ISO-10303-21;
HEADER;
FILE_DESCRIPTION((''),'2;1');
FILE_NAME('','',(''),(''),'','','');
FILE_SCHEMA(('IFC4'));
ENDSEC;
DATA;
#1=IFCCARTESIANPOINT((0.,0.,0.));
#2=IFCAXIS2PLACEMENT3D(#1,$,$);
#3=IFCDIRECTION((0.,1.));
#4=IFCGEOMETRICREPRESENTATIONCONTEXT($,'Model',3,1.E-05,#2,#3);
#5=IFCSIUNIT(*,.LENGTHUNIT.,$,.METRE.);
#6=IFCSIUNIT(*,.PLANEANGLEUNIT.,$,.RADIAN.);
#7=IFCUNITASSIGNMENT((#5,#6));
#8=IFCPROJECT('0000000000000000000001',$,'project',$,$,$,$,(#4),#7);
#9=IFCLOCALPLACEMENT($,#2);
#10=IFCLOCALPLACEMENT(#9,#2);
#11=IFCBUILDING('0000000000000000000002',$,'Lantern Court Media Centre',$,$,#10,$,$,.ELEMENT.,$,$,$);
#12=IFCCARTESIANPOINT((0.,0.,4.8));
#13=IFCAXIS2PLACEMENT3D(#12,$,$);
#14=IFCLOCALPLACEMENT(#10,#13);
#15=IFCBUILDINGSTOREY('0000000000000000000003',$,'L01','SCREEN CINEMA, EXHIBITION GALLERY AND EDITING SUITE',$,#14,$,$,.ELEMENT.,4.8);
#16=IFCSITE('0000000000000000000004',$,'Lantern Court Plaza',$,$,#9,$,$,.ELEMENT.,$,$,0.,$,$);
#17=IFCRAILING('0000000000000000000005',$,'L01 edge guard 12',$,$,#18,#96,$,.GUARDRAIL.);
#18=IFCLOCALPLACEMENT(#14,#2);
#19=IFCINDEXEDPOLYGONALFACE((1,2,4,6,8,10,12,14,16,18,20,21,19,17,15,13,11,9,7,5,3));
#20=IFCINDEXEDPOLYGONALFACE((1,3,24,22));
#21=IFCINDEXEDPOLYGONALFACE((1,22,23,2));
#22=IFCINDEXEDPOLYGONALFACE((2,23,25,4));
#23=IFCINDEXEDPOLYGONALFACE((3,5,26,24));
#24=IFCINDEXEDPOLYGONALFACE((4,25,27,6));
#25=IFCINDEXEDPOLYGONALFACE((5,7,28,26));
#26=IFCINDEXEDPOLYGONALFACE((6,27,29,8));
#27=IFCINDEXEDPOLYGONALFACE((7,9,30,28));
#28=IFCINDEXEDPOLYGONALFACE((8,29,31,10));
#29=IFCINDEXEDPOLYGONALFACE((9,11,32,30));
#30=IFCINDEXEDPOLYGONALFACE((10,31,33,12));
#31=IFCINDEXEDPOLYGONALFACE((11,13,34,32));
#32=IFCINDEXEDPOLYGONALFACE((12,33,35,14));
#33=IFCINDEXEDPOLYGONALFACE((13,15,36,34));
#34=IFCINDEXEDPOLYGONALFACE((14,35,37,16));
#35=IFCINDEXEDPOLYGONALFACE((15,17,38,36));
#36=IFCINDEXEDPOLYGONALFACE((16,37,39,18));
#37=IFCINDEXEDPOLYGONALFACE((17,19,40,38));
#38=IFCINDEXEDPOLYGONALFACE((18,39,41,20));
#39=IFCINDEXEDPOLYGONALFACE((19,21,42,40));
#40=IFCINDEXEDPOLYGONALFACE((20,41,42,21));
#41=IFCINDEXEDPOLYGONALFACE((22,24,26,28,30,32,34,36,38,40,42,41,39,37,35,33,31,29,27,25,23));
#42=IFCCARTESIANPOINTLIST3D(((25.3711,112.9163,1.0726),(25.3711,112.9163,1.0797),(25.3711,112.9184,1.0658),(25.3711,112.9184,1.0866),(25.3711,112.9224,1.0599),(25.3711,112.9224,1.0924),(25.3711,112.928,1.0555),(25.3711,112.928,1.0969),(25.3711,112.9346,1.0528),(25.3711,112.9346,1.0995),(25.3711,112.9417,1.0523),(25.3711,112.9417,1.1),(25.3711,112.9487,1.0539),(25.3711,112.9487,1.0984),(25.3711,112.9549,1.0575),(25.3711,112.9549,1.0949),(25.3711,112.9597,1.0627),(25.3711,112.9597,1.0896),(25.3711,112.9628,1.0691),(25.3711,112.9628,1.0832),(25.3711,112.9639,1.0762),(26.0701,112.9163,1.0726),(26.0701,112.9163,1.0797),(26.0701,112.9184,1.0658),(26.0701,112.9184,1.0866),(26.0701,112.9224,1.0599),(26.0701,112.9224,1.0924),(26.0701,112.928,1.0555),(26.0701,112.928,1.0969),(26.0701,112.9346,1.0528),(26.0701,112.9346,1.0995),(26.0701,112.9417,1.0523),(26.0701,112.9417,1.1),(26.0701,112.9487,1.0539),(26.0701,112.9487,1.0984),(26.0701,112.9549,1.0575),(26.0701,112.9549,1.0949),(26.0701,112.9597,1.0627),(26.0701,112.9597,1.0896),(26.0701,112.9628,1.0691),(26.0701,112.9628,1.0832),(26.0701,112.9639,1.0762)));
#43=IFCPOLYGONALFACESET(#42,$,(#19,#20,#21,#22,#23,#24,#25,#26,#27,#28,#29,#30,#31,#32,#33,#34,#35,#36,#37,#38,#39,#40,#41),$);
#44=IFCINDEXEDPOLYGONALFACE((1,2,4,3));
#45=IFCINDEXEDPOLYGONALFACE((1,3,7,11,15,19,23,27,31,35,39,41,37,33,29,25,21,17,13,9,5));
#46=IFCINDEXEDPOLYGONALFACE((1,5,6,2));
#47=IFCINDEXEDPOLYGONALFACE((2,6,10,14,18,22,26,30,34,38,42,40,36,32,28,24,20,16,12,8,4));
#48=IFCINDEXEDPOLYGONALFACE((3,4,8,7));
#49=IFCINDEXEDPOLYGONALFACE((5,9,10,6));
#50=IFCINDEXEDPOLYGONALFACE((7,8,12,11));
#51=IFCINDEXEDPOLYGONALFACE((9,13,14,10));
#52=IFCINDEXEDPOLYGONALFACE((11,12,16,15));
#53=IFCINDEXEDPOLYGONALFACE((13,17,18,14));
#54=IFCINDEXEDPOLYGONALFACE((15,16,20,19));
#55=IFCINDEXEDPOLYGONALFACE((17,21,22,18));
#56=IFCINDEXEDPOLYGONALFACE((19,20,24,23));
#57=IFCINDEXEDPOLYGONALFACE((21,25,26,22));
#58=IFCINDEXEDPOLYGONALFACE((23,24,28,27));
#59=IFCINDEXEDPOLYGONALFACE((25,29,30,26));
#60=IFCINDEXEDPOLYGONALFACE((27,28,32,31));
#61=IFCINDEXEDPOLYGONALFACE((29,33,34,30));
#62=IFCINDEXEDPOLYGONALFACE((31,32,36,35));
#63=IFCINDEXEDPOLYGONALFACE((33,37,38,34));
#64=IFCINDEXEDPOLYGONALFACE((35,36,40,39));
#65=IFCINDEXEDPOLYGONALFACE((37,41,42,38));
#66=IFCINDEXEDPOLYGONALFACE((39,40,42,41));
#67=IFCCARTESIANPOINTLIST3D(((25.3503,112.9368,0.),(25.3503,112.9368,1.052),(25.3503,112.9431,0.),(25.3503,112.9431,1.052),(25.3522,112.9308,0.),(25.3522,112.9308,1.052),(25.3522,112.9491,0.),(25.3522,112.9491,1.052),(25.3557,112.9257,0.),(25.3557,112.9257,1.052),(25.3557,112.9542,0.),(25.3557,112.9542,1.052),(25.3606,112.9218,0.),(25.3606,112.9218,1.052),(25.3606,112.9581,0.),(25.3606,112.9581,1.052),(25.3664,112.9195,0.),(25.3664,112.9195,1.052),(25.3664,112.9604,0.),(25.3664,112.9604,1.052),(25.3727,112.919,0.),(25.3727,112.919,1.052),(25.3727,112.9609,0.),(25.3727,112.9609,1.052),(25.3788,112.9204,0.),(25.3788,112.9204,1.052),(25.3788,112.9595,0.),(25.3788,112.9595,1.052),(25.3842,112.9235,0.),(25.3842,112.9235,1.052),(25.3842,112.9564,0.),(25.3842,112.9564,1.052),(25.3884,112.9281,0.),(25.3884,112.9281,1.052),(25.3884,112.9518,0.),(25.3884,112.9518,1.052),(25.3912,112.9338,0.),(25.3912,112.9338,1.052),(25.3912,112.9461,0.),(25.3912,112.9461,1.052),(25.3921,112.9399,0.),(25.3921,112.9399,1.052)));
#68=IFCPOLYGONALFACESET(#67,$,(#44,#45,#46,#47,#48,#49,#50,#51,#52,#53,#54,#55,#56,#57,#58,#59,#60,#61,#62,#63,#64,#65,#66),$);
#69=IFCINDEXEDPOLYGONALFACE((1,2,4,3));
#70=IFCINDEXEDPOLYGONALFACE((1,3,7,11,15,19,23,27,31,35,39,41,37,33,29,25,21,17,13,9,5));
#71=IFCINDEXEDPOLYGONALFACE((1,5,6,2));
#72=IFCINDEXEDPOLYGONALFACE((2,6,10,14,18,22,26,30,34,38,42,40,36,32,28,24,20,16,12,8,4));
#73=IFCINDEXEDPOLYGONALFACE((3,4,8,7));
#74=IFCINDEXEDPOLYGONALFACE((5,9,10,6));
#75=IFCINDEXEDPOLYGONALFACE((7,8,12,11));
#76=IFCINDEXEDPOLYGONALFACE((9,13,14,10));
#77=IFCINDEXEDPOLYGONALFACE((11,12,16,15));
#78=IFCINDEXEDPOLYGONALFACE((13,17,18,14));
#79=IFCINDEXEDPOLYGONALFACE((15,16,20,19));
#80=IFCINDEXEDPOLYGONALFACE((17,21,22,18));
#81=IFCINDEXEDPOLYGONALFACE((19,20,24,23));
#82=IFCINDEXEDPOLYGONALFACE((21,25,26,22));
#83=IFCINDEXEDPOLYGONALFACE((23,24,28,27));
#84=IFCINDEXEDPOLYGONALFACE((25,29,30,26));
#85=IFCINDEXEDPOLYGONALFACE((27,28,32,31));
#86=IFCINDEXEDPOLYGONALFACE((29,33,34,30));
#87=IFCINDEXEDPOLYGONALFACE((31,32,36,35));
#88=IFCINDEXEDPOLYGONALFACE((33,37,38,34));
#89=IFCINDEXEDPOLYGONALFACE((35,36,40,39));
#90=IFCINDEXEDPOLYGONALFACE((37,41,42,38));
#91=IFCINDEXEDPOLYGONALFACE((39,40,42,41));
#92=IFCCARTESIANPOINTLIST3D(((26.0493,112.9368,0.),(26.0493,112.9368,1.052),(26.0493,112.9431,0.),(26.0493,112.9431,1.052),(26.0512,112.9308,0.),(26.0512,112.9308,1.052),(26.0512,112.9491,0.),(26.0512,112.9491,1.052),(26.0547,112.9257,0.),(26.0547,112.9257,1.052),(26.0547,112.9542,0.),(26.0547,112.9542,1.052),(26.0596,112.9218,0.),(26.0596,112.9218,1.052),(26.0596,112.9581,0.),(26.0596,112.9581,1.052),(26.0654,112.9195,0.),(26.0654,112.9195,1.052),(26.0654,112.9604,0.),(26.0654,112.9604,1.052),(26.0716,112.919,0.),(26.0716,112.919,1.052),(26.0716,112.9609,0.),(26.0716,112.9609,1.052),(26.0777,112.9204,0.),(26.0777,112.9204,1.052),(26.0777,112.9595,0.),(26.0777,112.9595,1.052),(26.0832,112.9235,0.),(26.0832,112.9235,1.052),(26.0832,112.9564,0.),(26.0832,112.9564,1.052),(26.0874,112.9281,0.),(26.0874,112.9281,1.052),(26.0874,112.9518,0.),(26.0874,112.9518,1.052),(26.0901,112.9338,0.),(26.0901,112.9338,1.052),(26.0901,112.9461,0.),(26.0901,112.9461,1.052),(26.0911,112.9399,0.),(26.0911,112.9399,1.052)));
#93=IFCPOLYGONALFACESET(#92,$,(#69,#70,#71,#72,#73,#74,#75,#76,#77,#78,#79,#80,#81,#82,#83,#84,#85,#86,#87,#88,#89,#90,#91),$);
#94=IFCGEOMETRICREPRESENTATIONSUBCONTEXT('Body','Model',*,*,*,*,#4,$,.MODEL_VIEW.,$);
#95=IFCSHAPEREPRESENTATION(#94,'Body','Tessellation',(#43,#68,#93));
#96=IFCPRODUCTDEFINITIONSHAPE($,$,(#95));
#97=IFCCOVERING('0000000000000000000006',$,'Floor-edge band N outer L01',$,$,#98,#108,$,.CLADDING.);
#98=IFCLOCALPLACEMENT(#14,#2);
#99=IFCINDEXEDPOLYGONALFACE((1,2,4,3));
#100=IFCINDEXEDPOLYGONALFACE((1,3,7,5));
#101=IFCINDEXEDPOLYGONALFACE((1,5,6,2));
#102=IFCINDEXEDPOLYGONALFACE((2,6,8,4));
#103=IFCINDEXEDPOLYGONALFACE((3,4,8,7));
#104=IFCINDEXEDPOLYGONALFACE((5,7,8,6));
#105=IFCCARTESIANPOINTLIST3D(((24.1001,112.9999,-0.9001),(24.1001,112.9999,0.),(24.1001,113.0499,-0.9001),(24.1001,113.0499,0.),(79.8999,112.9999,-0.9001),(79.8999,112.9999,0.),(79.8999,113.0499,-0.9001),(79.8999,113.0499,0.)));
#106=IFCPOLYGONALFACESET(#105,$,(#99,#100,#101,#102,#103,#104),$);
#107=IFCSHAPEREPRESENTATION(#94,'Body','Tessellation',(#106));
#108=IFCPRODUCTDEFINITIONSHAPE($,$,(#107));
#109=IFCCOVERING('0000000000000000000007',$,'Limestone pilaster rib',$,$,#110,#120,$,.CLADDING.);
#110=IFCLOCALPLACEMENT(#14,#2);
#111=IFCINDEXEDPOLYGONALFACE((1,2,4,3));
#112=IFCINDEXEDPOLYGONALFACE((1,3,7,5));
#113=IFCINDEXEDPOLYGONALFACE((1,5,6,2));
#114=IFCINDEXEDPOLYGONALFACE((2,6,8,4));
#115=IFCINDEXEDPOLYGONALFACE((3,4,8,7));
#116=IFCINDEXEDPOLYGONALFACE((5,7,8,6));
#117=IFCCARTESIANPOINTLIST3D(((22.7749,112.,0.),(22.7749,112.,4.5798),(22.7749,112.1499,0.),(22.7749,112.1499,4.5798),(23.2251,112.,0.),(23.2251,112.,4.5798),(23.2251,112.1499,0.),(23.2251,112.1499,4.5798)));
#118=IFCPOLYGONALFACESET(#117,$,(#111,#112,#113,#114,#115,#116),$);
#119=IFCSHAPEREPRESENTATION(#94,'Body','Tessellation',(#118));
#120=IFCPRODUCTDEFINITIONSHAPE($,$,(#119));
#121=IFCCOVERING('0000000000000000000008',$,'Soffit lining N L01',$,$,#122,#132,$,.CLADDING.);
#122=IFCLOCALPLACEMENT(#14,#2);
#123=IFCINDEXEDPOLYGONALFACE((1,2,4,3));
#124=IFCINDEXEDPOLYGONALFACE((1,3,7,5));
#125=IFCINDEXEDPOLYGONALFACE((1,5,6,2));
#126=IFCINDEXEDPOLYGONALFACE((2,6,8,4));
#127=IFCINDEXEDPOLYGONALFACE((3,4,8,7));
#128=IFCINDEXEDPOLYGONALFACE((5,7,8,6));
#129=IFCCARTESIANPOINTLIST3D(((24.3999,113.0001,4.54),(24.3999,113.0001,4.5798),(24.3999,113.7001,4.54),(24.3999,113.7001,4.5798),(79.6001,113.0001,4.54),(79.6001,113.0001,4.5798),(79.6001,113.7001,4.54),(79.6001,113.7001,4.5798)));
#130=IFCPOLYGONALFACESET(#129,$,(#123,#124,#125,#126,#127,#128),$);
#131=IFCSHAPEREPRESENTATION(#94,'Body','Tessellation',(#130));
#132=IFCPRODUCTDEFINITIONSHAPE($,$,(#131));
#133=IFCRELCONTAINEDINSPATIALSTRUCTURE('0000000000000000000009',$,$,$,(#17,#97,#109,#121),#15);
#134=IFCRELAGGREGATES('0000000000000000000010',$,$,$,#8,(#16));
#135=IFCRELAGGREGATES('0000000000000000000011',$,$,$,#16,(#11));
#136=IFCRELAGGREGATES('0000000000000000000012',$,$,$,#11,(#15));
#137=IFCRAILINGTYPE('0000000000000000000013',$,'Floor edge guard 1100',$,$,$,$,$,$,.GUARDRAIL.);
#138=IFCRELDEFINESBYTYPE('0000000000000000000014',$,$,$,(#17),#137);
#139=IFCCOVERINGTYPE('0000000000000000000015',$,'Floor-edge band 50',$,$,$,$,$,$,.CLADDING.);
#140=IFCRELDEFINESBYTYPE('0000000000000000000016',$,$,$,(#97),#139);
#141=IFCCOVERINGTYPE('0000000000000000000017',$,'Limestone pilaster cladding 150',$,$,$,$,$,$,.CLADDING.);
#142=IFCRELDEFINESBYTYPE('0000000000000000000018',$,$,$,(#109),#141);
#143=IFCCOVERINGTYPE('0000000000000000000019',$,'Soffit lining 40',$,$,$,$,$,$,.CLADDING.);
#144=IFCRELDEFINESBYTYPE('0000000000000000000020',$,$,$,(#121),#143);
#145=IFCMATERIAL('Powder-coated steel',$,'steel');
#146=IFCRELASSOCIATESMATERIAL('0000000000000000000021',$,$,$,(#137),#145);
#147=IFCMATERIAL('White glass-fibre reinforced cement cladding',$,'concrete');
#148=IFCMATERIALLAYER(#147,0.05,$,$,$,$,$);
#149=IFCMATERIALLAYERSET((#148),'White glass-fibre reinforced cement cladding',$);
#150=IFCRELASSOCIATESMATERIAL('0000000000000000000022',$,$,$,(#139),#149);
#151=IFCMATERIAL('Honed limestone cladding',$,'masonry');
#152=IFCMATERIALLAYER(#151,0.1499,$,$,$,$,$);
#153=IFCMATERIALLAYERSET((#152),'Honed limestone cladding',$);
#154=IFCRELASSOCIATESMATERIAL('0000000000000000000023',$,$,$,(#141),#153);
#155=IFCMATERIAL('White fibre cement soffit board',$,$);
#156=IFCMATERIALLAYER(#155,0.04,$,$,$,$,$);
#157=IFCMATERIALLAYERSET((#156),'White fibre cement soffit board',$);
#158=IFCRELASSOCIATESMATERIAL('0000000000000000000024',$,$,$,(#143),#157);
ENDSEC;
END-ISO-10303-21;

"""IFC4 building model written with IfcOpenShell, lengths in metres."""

from ifc_helpers import new_model, si_unit, direction, frame, frame_2d, origin, origin_2d, place, context, subcontext, project, spatial, rectangle, circle, extrude, material, layer, layer_set, type_object, element, save


model = new_model("IFC4")

# Units and contexts
model_context = context("Model", 3, precision=1e-05, world=origin(), true_north=direction((0.0, 1.0)))
body_context = subcontext(model_context, "Body", "Model", "MODEL_VIEW")
ifc_project = project(units=[si_unit("LENGTHUNIT", "METRE"), si_unit("PLANEANGLEUNIT", "RADIAN")], contexts=[model_context])

# Site, building, storey
site_placement = place(None, origin())
site = spatial("IfcSite", under=ifc_project, at=site_placement, Name="Lantern Court Plaza", CompositionType="ELEMENT", RefElevation=0.0)
building_placement = place(site_placement, origin())
building = spatial("IfcBuilding", under=site, at=building_placement, Name="Lantern Court Media Centre", CompositionType="ELEMENT")
storey_placement = place(building_placement, frame((0.0, 0.0, 4.8)))
storey = spatial("IfcBuildingStorey", under=building, at=storey_placement, Name="L01", Description="SCREEN CINEMA, EXHIBITION GALLERY AND EDITING SUITE", CompositionType="ELEMENT", Elevation=4.8)

# Railing
ifc_material_1 = material(Name="Powder-coated steel", Category="steel")
railing_type_1 = type_object("IfcRailingType", Name="Floor edge guard 1100", PredefinedType="GUARDRAIL", material=ifc_material_1)
railing_1_placement = place(storey_placement, frame((25.3711, 112.9399, 0.0)))
element("IfcRailing", 1, at=railing_1_placement, inside=storey, type_object=railing_type_1, Name="L01 edge guard 12", PredefinedType="GUARDRAIL", context=body_context, shape_type="SweptSolid", body=[
    extrude(circle(Radius=0.0239, at=origin_2d()), frame((0.0, 0.0, 1.0762), z_axis=(1.0, 0.0, 0.0), x_axis=(0.0, 1.0, 0.0)), (0.0, 0.0, 1.0), 0.699),
    extrude(circle(Radius=0.021, at=origin_2d()), origin(), (0.0, 0.0, 1.0), 1.052),
    extrude(circle(Radius=0.021, at=origin_2d()), frame((0.699, 0.0, 0.0)), (0.0, 0.0, 1.0), 1.052),
])

# Coverings
ifc_material_2 = material(Name="White glass-fibre reinforced cement cladding", Category="concrete")
ifc_layer_1 = layer(ifc_material_2, 0.05)
ifc_layer_set_1 = layer_set([ifc_layer_1], Name="White glass-fibre reinforced cement cladding")
covering_type_1 = type_object("IfcCoveringType", Name="Floor-edge band 50", PredefinedType="CLADDING", material=ifc_layer_set_1)
covering_1_placement = place(storey_placement, frame((24.1001, 113.0249, -0.9001), z_axis=(0.0, 0.0, 1.0), x_axis=(1.0, 0.0, 0.0)))
element("IfcCovering", 2, at=covering_1_placement, inside=storey, type_object=covering_type_1, Name="Floor-edge band N outer L01", PredefinedType="CLADDING", context=body_context, shape_type="SweptSolid", body=[
    extrude(rectangle(XDim=55.7998, YDim=0.05, at=frame_2d((27.8999, 0.0))), origin(), (0.0, 0.0, 1.0), 0.9001),
])
ifc_material_3 = material(Name="Honed limestone cladding", Category="masonry")
ifc_layer_2 = layer(ifc_material_3, 0.1499)
ifc_layer_set_2 = layer_set([ifc_layer_2], Name="Honed limestone cladding")
covering_type_2 = type_object("IfcCoveringType", Name="Limestone pilaster cladding 150", PredefinedType="CLADDING", material=ifc_layer_set_2)
covering_2_placement = place(storey_placement, frame((22.7749, 112.075, 0.0), z_axis=(0.0, 0.0, 1.0), x_axis=(1.0, 0.0, 0.0)))
element("IfcCovering", 3, at=covering_2_placement, inside=storey, type_object=covering_type_2, Name="Limestone pilaster rib", PredefinedType="CLADDING", context=body_context, shape_type="SweptSolid", body=[
    extrude(rectangle(XDim=0.4502, YDim=0.1499, at=frame_2d((0.2251, 0.0))), origin(), (0.0, 0.0, 1.0), 4.5798),
])
ifc_material_4 = material(Name="White fibre cement soffit board")
ifc_layer_3 = layer(ifc_material_4, 0.04)
ifc_layer_set_3 = layer_set([ifc_layer_3], Name="White fibre cement soffit board")
covering_type_3 = type_object("IfcCoveringType", Name="Soffit lining 40", PredefinedType="CLADDING", material=ifc_layer_set_3)
covering_3_placement = place(storey_placement, frame((24.3999, 113.3501, 4.54), z_axis=(0.0, 0.0, 1.0), x_axis=(1.0, 0.0, 0.0)))
element("IfcCovering", 4, at=covering_3_placement, inside=storey, type_object=covering_type_3, Name="Soffit lining N L01", PredefinedType="CLADDING", context=body_context, shape_type="SweptSolid", body=[
    extrude(rectangle(XDim=55.2002, YDim=0.7, at=frame_2d((27.6001, 0.0))), origin(), (0.0, 0.0, 1.0), 0.0398),
])

save(model, "model.ifc")
